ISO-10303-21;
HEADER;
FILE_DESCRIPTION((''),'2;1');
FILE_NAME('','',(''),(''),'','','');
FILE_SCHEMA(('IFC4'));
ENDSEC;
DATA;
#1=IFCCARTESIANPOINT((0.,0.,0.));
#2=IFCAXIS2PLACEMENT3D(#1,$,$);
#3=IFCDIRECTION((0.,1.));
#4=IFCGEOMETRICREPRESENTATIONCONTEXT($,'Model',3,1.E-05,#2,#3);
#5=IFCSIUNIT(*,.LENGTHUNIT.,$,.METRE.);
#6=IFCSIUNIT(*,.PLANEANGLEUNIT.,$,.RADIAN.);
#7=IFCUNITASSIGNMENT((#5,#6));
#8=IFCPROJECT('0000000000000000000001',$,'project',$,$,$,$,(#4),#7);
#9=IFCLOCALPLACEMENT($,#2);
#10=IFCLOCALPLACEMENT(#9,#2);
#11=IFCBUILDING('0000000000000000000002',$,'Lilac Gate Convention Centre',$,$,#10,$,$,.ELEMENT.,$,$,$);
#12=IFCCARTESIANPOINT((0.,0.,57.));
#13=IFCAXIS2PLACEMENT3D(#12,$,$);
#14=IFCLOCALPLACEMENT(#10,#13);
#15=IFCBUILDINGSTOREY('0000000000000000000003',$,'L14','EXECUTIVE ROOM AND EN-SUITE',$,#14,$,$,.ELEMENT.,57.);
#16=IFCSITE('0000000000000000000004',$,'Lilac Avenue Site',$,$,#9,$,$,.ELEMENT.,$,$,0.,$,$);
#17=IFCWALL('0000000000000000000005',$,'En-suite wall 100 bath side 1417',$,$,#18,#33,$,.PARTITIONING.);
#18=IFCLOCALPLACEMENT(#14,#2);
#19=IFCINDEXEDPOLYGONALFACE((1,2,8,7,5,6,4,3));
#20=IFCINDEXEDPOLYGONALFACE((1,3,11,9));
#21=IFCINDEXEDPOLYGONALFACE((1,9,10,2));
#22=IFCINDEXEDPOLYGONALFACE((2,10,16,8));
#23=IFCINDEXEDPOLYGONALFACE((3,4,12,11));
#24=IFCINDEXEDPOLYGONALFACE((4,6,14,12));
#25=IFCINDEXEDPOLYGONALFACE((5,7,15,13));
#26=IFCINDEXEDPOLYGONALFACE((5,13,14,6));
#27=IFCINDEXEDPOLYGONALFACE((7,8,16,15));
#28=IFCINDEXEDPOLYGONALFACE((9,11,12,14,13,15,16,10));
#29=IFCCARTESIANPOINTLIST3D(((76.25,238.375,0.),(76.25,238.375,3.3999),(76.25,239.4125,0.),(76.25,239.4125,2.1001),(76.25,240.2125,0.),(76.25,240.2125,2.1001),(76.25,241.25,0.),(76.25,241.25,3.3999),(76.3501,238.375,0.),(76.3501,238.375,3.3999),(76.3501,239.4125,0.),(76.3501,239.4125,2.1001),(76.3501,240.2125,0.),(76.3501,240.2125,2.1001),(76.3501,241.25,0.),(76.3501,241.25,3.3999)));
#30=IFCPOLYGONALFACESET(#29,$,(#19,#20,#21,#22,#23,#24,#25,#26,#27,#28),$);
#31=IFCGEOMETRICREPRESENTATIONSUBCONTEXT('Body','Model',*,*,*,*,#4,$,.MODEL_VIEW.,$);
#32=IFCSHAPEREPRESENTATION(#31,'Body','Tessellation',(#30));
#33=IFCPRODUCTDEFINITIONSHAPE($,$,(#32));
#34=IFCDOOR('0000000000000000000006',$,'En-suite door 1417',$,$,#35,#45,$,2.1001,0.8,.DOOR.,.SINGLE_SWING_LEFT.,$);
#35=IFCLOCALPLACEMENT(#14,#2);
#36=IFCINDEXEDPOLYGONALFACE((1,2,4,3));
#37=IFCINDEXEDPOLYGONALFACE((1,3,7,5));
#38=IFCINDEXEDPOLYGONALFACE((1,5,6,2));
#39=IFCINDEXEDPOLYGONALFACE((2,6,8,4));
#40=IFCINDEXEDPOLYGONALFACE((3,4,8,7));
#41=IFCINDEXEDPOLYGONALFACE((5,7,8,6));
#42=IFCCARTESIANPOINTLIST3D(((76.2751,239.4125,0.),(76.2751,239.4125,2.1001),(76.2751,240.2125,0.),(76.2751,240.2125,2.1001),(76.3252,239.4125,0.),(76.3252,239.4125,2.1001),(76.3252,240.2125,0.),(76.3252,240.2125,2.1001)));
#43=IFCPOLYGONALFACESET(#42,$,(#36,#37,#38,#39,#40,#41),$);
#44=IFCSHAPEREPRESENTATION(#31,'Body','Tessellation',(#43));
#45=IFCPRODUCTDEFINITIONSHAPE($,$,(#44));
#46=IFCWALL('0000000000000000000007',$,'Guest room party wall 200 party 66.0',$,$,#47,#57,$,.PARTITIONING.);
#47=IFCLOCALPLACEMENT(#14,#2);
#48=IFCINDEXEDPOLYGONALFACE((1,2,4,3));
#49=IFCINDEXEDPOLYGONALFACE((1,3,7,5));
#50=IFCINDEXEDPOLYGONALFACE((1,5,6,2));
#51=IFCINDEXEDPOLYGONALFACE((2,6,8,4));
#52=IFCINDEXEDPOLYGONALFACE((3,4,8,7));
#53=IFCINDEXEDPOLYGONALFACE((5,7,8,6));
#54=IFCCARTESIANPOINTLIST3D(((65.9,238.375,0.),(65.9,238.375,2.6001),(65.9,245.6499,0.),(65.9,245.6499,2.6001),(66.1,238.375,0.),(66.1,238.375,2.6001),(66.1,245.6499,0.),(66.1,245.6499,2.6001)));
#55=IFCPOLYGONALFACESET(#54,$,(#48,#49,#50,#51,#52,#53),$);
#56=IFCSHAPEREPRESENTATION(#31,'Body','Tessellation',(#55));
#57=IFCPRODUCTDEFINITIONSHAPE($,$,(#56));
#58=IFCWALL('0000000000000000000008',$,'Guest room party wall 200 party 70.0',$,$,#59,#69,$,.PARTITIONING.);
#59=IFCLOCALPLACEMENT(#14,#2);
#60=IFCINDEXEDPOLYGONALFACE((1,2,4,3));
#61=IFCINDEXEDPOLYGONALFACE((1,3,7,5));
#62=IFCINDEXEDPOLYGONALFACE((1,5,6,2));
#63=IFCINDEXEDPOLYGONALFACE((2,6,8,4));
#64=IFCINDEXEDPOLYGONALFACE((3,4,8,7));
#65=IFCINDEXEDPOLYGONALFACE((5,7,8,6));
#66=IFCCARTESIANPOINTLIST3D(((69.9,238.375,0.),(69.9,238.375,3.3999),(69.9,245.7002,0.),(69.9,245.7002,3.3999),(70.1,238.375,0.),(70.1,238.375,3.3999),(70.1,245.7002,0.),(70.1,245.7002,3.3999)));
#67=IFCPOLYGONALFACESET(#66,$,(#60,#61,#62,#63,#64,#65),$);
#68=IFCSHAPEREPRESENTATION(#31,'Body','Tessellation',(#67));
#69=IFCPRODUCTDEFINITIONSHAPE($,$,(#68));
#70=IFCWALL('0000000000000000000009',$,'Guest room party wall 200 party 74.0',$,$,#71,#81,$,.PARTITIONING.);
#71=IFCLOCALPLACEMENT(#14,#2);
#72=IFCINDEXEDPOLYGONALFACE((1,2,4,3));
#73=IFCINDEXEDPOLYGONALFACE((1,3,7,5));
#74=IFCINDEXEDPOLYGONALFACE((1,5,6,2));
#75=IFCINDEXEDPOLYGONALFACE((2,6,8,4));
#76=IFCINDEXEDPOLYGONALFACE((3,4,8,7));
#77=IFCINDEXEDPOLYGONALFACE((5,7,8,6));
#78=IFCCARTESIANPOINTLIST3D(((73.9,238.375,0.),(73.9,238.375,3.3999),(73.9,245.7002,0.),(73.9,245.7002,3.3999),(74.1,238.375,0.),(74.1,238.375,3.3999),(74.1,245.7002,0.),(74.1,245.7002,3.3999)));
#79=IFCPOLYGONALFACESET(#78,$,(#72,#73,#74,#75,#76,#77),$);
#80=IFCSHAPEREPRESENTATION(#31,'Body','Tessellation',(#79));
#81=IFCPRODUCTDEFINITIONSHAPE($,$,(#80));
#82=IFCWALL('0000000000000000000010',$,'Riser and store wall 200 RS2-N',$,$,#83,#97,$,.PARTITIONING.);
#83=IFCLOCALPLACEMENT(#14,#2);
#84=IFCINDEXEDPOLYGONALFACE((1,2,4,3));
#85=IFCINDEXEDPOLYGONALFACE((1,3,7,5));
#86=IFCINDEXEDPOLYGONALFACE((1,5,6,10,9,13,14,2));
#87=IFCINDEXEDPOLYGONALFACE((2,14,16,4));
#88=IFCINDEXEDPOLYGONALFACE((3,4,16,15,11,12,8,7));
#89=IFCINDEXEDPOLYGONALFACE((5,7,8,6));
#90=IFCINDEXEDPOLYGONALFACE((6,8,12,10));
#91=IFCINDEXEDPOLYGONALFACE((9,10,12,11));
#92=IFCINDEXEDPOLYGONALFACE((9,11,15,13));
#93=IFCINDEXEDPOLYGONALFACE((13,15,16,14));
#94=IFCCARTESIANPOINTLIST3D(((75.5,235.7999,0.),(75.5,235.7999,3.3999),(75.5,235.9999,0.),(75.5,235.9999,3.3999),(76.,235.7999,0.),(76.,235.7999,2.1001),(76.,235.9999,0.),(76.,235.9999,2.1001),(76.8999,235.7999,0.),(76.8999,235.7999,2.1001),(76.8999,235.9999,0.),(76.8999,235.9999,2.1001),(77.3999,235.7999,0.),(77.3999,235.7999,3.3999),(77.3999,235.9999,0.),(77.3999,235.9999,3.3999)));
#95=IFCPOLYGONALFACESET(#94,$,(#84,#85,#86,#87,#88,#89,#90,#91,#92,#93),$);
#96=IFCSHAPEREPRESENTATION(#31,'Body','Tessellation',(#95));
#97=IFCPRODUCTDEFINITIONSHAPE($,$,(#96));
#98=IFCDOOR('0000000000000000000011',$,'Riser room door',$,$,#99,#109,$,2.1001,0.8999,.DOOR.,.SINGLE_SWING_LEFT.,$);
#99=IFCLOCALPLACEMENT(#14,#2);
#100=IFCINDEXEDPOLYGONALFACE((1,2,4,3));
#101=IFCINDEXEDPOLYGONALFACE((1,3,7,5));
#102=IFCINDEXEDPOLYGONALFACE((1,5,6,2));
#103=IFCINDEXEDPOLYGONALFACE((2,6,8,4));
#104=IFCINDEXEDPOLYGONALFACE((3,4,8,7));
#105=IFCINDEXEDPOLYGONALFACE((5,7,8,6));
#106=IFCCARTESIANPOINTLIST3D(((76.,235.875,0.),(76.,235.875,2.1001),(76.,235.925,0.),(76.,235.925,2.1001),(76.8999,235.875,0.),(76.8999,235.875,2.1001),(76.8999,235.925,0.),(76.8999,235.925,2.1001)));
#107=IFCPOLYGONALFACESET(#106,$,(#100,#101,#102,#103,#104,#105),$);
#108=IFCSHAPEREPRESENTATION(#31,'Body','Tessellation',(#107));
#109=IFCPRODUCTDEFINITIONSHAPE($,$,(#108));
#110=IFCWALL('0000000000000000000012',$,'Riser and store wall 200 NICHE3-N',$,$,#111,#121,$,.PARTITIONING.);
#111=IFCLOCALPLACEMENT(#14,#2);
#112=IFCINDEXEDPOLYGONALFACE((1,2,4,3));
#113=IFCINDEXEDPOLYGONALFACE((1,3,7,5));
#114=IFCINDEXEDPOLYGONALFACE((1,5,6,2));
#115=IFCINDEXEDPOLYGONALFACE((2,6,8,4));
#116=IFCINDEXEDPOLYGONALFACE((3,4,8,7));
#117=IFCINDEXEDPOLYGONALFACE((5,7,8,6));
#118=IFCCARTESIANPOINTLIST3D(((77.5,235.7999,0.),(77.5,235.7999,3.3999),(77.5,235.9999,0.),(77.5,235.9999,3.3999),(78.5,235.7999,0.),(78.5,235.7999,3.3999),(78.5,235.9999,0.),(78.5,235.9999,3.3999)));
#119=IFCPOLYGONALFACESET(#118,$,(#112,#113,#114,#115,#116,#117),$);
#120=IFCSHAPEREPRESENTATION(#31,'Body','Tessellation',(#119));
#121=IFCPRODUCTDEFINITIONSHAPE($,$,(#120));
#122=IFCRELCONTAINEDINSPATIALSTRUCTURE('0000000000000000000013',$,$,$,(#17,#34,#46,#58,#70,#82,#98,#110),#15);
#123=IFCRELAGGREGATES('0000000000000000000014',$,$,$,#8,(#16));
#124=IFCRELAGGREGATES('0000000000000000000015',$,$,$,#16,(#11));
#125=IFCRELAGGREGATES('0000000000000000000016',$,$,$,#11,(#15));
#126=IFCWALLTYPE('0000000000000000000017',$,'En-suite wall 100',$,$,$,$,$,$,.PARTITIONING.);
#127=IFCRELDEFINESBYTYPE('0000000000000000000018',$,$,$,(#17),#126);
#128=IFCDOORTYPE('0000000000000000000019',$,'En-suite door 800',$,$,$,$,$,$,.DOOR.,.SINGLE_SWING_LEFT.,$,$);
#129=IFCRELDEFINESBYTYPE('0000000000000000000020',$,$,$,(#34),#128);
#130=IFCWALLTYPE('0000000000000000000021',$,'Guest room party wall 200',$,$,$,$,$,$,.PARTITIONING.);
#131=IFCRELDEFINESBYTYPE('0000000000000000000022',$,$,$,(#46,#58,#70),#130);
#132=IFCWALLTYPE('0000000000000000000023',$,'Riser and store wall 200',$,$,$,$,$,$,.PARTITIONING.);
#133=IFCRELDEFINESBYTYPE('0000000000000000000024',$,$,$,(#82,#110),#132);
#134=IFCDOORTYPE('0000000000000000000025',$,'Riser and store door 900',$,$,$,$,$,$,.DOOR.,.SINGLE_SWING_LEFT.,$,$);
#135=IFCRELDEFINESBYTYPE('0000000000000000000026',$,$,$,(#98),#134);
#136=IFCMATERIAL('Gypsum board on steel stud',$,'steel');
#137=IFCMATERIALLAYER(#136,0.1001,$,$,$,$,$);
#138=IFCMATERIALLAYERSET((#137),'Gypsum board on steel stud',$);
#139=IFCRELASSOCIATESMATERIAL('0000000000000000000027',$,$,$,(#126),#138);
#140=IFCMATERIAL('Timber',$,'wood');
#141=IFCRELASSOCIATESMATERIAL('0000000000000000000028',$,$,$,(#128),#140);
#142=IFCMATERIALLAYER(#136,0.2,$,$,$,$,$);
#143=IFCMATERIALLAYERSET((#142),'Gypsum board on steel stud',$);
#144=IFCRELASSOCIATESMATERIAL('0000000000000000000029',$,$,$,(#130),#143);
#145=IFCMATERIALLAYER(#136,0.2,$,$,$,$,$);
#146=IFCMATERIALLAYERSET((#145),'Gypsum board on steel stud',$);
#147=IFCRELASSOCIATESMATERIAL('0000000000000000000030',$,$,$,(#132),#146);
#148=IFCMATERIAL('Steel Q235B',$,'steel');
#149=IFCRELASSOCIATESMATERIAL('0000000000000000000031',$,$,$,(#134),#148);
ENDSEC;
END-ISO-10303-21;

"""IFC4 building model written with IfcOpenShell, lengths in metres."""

from ifc_helpers import new_model, si_unit, direction, frame, frame_2d, origin, place, context, subcontext, project, spatial, rectangle, extrude, material, layer, layer_set, type_object, element, fill, save


model = new_model("IFC4")

# Units and contexts
model_context = context("Model", 3, precision=1e-05, world=origin(), true_north=direction((0.0, 1.0)))
body_context = subcontext(model_context, "Body", "Model", "MODEL_VIEW")
ifc_project = project(units=[si_unit("LENGTHUNIT", "METRE"), si_unit("PLANEANGLEUNIT", "RADIAN")], contexts=[model_context])

# Site, building, storey
site_placement = place(None, origin())
site = spatial("IfcSite", under=ifc_project, at=site_placement, Name="Lilac Avenue Site", CompositionType="ELEMENT", RefElevation=0.0)
building_placement = place(site_placement, origin())
building = spatial("IfcBuilding", under=site, at=building_placement, Name="Lilac Gate Convention Centre", CompositionType="ELEMENT")
storey_placement = place(building_placement, frame((0.0, 0.0, 57.0)))
storey = spatial("IfcBuildingStorey", under=building, at=storey_placement, Name="L14", Description="EXECUTIVE ROOM AND EN-SUITE", CompositionType="ELEMENT", Elevation=57.0)

# Shared definitions
ifc_material_1 = material(Name="Gypsum board on steel stud", Category="steel")
ifc_material_2 = material(Name="Timber", Category="wood")

# Shared definitions
ifc_layer_1 = layer(ifc_material_1, 0.1001)
ifc_layer_set_1 = layer_set([ifc_layer_1], Name="Gypsum board on steel stud")
wall_type_1 = type_object("IfcWallType", Name="En-suite wall 100", PredefinedType="PARTITIONING", material=ifc_layer_set_1)

# Shared definitions
door_type_1 = type_object("IfcDoorType", Name="En-suite door 800", OperationType="SINGLE_SWING_LEFT", PredefinedType="DOOR", material=ifc_material_2)

# Wall, opening, door
wall_1_placement = place(storey_placement, frame((76.3, 238.375, 0.0), z_axis=(0.0, 0.0, 1.0), x_axis=(0.0, 1.0, 0.0)))
wall_1 = element("IfcWall", 1, at=wall_1_placement, inside=storey, type_object=wall_type_1, Name="En-suite wall 100 bath side 1417", PredefinedType="PARTITIONING", context=body_context, shape_type="SweptSolid", body=[
    extrude(rectangle(XDim=2.875, YDim=0.1001, at=frame_2d((1.4375, 0.0))), origin(), (0.0, 0.0, 1.0), 3.3999),
])
opening_1_placement = place(wall_1_placement, frame((1.0376, 0.0, 0.0)))
opening_1 = element("IfcOpeningElement", 2, at=opening_1_placement, cuts=wall_1, PredefinedType="OPENING", context=body_context, shape_type="SweptSolid", body=[
    extrude(rectangle(XDim=0.8, YDim=2.1001, at=frame_2d((0.3999, 1.05))), frame((0.0, 0.0601, 0.0), z_axis=(0.0, -1.0, 0.0), x_axis=(1.0, 0.0, 0.0)), (0.0, 0.0, 1.0), 0.1201),
])
door_1_placement = place(opening_1_placement, origin())
door_1 = element("IfcDoor", 3, at=door_1_placement, inside=storey, type_object=door_type_1, Name="En-suite door 1417", OperationType="SINGLE_SWING_LEFT", OverallHeight=2.1001, OverallWidth=0.8, PredefinedType="DOOR", context=body_context, shape_type="SweptSolid", body=[
    extrude(rectangle(XDim=0.8, YDim=2.1001, at=frame_2d((0.3999, 1.05))), frame((0.0, 0.0249, 0.0), z_axis=(0.0, -1.0, 0.0), x_axis=(1.0, 0.0, 0.0)), (0.0, 0.0, 1.0), 0.05),
])
fill(opening_1, door_1)

# Walls
ifc_layer_2 = layer(ifc_material_1, 0.2)
ifc_layer_set_2 = layer_set([ifc_layer_2], Name="Gypsum board on steel stud")
wall_type_2 = type_object("IfcWallType", Name="Guest room party wall 200", PredefinedType="PARTITIONING", material=ifc_layer_set_2)
wall_2_placement = place(storey_placement, frame((66.0, 245.6499, 0.0), z_axis=(0.0, 0.0, 1.0), x_axis=(0.0, -1.0, 0.0)))
element("IfcWall", 4, at=wall_2_placement, inside=storey, type_object=wall_type_2, Name="Guest room party wall 200 party 66.0", PredefinedType="PARTITIONING", context=body_context, shape_type="SweptSolid", body=[
    extrude(rectangle(XDim=7.2749, YDim=0.2, at=frame_2d((3.6375, 0.0))), origin(), (0.0, 0.0, 1.0), 2.6001),
])
for number, where, z_axis, x_axis, name in (
    (5, (70.0, 245.7002, 0.0), (0.0, 0.0, 1.0), (0.0, -1.0, 0.0), "Guest room party wall 200 party 70.0"),
    (6, (74.0, 245.7002, 0.0), (0.0, 0.0, 1.0), (0.0, -1.0, 0.0), "Guest room party wall 200 party 74.0"),
):
    element("IfcWall", number, at=place(storey_placement, frame(where, z_axis=z_axis, x_axis=x_axis)), inside=storey, type_object=wall_type_2, Name=name, PredefinedType="PARTITIONING", context=body_context, shape_type="SweptSolid", body=[
        extrude(rectangle(XDim=7.3252, YDim=0.2, at=frame_2d((3.6626, 0.0))), origin(), (0.0, 0.0, 1.0), 3.3999),
    ])

# Wall, opening, door
ifc_layer_3 = layer(ifc_material_1, 0.2)
ifc_layer_set_3 = layer_set([ifc_layer_3], Name="Gypsum board on steel stud")
wall_type_3 = type_object("IfcWallType", Name="Riser and store wall 200", PredefinedType="PARTITIONING", material=ifc_layer_set_3)
wall_3_placement = place(storey_placement, frame((77.3999, 235.8999, 0.0), z_axis=(0.0, 0.0, 1.0), x_axis=(-1.0, 0.0, 0.0)))
wall_3 = element("IfcWall", 7, at=wall_3_placement, inside=storey, type_object=wall_type_3, Name="Riser and store wall 200 RS2-N", PredefinedType="PARTITIONING", context=body_context, shape_type="SweptSolid", body=[
    extrude(rectangle(XDim=1.8999, YDim=0.2, at=frame_2d((0.95, 0.0))), origin(), (0.0, 0.0, 1.0), 3.3999),
])
opening_2_placement = place(wall_3_placement, frame((0.5, 0.0, 0.0)))
opening_2 = element("IfcOpeningElement", 8, at=opening_2_placement, cuts=wall_3, PredefinedType="OPENING", context=body_context, shape_type="SweptSolid", body=[
    extrude(rectangle(XDim=0.8999, YDim=2.1001, at=frame_2d((0.45, 1.05))), frame((0.0, 0.1099, 0.0), z_axis=(0.0, -1.0, 0.0), x_axis=(1.0, 0.0, 0.0)), (0.0, 0.0, 1.0), 0.22),
])
ifc_material_3 = material(Name="Steel Q235B", Category="steel")
door_type_2 = type_object("IfcDoorType", Name="Riser and store door 900", OperationType="SINGLE_SWING_LEFT", PredefinedType="DOOR", material=ifc_material_3)
door_2_placement = place(opening_2_placement, origin())
door_2 = element("IfcDoor", 9, at=door_2_placement, inside=storey, type_object=door_type_2, Name="Riser room door", OperationType="SINGLE_SWING_LEFT", OverallHeight=2.1001, OverallWidth=0.8999, PredefinedType="DOOR", context=body_context, shape_type="SweptSolid", body=[
    extrude(rectangle(XDim=0.8999, YDim=2.1001, at=frame_2d((0.45, 1.05))), frame((0.0, 0.0249, 0.0), z_axis=(0.0, -1.0, 0.0), x_axis=(1.0, 0.0, 0.0)), (0.0, 0.0, 1.0), 0.05),
])
fill(opening_2, door_2)

# Wall
wall_4_placement = place(storey_placement, frame((77.5, 235.8999, 0.0), z_axis=(0.0, 0.0, 1.0), x_axis=(1.0, 0.0, 0.0)))
element("IfcWall", 10, at=wall_4_placement, inside=storey, type_object=wall_type_3, Name="Riser and store wall 200 NICHE3-N", PredefinedType="PARTITIONING", context=body_context, shape_type="SweptSolid", body=[
    extrude(rectangle(XDim=1.0, YDim=0.2, at=frame_2d((0.5, 0.0))), origin(), (0.0, 0.0, 1.0), 3.3999),
])

save(model, "model.ifc")
